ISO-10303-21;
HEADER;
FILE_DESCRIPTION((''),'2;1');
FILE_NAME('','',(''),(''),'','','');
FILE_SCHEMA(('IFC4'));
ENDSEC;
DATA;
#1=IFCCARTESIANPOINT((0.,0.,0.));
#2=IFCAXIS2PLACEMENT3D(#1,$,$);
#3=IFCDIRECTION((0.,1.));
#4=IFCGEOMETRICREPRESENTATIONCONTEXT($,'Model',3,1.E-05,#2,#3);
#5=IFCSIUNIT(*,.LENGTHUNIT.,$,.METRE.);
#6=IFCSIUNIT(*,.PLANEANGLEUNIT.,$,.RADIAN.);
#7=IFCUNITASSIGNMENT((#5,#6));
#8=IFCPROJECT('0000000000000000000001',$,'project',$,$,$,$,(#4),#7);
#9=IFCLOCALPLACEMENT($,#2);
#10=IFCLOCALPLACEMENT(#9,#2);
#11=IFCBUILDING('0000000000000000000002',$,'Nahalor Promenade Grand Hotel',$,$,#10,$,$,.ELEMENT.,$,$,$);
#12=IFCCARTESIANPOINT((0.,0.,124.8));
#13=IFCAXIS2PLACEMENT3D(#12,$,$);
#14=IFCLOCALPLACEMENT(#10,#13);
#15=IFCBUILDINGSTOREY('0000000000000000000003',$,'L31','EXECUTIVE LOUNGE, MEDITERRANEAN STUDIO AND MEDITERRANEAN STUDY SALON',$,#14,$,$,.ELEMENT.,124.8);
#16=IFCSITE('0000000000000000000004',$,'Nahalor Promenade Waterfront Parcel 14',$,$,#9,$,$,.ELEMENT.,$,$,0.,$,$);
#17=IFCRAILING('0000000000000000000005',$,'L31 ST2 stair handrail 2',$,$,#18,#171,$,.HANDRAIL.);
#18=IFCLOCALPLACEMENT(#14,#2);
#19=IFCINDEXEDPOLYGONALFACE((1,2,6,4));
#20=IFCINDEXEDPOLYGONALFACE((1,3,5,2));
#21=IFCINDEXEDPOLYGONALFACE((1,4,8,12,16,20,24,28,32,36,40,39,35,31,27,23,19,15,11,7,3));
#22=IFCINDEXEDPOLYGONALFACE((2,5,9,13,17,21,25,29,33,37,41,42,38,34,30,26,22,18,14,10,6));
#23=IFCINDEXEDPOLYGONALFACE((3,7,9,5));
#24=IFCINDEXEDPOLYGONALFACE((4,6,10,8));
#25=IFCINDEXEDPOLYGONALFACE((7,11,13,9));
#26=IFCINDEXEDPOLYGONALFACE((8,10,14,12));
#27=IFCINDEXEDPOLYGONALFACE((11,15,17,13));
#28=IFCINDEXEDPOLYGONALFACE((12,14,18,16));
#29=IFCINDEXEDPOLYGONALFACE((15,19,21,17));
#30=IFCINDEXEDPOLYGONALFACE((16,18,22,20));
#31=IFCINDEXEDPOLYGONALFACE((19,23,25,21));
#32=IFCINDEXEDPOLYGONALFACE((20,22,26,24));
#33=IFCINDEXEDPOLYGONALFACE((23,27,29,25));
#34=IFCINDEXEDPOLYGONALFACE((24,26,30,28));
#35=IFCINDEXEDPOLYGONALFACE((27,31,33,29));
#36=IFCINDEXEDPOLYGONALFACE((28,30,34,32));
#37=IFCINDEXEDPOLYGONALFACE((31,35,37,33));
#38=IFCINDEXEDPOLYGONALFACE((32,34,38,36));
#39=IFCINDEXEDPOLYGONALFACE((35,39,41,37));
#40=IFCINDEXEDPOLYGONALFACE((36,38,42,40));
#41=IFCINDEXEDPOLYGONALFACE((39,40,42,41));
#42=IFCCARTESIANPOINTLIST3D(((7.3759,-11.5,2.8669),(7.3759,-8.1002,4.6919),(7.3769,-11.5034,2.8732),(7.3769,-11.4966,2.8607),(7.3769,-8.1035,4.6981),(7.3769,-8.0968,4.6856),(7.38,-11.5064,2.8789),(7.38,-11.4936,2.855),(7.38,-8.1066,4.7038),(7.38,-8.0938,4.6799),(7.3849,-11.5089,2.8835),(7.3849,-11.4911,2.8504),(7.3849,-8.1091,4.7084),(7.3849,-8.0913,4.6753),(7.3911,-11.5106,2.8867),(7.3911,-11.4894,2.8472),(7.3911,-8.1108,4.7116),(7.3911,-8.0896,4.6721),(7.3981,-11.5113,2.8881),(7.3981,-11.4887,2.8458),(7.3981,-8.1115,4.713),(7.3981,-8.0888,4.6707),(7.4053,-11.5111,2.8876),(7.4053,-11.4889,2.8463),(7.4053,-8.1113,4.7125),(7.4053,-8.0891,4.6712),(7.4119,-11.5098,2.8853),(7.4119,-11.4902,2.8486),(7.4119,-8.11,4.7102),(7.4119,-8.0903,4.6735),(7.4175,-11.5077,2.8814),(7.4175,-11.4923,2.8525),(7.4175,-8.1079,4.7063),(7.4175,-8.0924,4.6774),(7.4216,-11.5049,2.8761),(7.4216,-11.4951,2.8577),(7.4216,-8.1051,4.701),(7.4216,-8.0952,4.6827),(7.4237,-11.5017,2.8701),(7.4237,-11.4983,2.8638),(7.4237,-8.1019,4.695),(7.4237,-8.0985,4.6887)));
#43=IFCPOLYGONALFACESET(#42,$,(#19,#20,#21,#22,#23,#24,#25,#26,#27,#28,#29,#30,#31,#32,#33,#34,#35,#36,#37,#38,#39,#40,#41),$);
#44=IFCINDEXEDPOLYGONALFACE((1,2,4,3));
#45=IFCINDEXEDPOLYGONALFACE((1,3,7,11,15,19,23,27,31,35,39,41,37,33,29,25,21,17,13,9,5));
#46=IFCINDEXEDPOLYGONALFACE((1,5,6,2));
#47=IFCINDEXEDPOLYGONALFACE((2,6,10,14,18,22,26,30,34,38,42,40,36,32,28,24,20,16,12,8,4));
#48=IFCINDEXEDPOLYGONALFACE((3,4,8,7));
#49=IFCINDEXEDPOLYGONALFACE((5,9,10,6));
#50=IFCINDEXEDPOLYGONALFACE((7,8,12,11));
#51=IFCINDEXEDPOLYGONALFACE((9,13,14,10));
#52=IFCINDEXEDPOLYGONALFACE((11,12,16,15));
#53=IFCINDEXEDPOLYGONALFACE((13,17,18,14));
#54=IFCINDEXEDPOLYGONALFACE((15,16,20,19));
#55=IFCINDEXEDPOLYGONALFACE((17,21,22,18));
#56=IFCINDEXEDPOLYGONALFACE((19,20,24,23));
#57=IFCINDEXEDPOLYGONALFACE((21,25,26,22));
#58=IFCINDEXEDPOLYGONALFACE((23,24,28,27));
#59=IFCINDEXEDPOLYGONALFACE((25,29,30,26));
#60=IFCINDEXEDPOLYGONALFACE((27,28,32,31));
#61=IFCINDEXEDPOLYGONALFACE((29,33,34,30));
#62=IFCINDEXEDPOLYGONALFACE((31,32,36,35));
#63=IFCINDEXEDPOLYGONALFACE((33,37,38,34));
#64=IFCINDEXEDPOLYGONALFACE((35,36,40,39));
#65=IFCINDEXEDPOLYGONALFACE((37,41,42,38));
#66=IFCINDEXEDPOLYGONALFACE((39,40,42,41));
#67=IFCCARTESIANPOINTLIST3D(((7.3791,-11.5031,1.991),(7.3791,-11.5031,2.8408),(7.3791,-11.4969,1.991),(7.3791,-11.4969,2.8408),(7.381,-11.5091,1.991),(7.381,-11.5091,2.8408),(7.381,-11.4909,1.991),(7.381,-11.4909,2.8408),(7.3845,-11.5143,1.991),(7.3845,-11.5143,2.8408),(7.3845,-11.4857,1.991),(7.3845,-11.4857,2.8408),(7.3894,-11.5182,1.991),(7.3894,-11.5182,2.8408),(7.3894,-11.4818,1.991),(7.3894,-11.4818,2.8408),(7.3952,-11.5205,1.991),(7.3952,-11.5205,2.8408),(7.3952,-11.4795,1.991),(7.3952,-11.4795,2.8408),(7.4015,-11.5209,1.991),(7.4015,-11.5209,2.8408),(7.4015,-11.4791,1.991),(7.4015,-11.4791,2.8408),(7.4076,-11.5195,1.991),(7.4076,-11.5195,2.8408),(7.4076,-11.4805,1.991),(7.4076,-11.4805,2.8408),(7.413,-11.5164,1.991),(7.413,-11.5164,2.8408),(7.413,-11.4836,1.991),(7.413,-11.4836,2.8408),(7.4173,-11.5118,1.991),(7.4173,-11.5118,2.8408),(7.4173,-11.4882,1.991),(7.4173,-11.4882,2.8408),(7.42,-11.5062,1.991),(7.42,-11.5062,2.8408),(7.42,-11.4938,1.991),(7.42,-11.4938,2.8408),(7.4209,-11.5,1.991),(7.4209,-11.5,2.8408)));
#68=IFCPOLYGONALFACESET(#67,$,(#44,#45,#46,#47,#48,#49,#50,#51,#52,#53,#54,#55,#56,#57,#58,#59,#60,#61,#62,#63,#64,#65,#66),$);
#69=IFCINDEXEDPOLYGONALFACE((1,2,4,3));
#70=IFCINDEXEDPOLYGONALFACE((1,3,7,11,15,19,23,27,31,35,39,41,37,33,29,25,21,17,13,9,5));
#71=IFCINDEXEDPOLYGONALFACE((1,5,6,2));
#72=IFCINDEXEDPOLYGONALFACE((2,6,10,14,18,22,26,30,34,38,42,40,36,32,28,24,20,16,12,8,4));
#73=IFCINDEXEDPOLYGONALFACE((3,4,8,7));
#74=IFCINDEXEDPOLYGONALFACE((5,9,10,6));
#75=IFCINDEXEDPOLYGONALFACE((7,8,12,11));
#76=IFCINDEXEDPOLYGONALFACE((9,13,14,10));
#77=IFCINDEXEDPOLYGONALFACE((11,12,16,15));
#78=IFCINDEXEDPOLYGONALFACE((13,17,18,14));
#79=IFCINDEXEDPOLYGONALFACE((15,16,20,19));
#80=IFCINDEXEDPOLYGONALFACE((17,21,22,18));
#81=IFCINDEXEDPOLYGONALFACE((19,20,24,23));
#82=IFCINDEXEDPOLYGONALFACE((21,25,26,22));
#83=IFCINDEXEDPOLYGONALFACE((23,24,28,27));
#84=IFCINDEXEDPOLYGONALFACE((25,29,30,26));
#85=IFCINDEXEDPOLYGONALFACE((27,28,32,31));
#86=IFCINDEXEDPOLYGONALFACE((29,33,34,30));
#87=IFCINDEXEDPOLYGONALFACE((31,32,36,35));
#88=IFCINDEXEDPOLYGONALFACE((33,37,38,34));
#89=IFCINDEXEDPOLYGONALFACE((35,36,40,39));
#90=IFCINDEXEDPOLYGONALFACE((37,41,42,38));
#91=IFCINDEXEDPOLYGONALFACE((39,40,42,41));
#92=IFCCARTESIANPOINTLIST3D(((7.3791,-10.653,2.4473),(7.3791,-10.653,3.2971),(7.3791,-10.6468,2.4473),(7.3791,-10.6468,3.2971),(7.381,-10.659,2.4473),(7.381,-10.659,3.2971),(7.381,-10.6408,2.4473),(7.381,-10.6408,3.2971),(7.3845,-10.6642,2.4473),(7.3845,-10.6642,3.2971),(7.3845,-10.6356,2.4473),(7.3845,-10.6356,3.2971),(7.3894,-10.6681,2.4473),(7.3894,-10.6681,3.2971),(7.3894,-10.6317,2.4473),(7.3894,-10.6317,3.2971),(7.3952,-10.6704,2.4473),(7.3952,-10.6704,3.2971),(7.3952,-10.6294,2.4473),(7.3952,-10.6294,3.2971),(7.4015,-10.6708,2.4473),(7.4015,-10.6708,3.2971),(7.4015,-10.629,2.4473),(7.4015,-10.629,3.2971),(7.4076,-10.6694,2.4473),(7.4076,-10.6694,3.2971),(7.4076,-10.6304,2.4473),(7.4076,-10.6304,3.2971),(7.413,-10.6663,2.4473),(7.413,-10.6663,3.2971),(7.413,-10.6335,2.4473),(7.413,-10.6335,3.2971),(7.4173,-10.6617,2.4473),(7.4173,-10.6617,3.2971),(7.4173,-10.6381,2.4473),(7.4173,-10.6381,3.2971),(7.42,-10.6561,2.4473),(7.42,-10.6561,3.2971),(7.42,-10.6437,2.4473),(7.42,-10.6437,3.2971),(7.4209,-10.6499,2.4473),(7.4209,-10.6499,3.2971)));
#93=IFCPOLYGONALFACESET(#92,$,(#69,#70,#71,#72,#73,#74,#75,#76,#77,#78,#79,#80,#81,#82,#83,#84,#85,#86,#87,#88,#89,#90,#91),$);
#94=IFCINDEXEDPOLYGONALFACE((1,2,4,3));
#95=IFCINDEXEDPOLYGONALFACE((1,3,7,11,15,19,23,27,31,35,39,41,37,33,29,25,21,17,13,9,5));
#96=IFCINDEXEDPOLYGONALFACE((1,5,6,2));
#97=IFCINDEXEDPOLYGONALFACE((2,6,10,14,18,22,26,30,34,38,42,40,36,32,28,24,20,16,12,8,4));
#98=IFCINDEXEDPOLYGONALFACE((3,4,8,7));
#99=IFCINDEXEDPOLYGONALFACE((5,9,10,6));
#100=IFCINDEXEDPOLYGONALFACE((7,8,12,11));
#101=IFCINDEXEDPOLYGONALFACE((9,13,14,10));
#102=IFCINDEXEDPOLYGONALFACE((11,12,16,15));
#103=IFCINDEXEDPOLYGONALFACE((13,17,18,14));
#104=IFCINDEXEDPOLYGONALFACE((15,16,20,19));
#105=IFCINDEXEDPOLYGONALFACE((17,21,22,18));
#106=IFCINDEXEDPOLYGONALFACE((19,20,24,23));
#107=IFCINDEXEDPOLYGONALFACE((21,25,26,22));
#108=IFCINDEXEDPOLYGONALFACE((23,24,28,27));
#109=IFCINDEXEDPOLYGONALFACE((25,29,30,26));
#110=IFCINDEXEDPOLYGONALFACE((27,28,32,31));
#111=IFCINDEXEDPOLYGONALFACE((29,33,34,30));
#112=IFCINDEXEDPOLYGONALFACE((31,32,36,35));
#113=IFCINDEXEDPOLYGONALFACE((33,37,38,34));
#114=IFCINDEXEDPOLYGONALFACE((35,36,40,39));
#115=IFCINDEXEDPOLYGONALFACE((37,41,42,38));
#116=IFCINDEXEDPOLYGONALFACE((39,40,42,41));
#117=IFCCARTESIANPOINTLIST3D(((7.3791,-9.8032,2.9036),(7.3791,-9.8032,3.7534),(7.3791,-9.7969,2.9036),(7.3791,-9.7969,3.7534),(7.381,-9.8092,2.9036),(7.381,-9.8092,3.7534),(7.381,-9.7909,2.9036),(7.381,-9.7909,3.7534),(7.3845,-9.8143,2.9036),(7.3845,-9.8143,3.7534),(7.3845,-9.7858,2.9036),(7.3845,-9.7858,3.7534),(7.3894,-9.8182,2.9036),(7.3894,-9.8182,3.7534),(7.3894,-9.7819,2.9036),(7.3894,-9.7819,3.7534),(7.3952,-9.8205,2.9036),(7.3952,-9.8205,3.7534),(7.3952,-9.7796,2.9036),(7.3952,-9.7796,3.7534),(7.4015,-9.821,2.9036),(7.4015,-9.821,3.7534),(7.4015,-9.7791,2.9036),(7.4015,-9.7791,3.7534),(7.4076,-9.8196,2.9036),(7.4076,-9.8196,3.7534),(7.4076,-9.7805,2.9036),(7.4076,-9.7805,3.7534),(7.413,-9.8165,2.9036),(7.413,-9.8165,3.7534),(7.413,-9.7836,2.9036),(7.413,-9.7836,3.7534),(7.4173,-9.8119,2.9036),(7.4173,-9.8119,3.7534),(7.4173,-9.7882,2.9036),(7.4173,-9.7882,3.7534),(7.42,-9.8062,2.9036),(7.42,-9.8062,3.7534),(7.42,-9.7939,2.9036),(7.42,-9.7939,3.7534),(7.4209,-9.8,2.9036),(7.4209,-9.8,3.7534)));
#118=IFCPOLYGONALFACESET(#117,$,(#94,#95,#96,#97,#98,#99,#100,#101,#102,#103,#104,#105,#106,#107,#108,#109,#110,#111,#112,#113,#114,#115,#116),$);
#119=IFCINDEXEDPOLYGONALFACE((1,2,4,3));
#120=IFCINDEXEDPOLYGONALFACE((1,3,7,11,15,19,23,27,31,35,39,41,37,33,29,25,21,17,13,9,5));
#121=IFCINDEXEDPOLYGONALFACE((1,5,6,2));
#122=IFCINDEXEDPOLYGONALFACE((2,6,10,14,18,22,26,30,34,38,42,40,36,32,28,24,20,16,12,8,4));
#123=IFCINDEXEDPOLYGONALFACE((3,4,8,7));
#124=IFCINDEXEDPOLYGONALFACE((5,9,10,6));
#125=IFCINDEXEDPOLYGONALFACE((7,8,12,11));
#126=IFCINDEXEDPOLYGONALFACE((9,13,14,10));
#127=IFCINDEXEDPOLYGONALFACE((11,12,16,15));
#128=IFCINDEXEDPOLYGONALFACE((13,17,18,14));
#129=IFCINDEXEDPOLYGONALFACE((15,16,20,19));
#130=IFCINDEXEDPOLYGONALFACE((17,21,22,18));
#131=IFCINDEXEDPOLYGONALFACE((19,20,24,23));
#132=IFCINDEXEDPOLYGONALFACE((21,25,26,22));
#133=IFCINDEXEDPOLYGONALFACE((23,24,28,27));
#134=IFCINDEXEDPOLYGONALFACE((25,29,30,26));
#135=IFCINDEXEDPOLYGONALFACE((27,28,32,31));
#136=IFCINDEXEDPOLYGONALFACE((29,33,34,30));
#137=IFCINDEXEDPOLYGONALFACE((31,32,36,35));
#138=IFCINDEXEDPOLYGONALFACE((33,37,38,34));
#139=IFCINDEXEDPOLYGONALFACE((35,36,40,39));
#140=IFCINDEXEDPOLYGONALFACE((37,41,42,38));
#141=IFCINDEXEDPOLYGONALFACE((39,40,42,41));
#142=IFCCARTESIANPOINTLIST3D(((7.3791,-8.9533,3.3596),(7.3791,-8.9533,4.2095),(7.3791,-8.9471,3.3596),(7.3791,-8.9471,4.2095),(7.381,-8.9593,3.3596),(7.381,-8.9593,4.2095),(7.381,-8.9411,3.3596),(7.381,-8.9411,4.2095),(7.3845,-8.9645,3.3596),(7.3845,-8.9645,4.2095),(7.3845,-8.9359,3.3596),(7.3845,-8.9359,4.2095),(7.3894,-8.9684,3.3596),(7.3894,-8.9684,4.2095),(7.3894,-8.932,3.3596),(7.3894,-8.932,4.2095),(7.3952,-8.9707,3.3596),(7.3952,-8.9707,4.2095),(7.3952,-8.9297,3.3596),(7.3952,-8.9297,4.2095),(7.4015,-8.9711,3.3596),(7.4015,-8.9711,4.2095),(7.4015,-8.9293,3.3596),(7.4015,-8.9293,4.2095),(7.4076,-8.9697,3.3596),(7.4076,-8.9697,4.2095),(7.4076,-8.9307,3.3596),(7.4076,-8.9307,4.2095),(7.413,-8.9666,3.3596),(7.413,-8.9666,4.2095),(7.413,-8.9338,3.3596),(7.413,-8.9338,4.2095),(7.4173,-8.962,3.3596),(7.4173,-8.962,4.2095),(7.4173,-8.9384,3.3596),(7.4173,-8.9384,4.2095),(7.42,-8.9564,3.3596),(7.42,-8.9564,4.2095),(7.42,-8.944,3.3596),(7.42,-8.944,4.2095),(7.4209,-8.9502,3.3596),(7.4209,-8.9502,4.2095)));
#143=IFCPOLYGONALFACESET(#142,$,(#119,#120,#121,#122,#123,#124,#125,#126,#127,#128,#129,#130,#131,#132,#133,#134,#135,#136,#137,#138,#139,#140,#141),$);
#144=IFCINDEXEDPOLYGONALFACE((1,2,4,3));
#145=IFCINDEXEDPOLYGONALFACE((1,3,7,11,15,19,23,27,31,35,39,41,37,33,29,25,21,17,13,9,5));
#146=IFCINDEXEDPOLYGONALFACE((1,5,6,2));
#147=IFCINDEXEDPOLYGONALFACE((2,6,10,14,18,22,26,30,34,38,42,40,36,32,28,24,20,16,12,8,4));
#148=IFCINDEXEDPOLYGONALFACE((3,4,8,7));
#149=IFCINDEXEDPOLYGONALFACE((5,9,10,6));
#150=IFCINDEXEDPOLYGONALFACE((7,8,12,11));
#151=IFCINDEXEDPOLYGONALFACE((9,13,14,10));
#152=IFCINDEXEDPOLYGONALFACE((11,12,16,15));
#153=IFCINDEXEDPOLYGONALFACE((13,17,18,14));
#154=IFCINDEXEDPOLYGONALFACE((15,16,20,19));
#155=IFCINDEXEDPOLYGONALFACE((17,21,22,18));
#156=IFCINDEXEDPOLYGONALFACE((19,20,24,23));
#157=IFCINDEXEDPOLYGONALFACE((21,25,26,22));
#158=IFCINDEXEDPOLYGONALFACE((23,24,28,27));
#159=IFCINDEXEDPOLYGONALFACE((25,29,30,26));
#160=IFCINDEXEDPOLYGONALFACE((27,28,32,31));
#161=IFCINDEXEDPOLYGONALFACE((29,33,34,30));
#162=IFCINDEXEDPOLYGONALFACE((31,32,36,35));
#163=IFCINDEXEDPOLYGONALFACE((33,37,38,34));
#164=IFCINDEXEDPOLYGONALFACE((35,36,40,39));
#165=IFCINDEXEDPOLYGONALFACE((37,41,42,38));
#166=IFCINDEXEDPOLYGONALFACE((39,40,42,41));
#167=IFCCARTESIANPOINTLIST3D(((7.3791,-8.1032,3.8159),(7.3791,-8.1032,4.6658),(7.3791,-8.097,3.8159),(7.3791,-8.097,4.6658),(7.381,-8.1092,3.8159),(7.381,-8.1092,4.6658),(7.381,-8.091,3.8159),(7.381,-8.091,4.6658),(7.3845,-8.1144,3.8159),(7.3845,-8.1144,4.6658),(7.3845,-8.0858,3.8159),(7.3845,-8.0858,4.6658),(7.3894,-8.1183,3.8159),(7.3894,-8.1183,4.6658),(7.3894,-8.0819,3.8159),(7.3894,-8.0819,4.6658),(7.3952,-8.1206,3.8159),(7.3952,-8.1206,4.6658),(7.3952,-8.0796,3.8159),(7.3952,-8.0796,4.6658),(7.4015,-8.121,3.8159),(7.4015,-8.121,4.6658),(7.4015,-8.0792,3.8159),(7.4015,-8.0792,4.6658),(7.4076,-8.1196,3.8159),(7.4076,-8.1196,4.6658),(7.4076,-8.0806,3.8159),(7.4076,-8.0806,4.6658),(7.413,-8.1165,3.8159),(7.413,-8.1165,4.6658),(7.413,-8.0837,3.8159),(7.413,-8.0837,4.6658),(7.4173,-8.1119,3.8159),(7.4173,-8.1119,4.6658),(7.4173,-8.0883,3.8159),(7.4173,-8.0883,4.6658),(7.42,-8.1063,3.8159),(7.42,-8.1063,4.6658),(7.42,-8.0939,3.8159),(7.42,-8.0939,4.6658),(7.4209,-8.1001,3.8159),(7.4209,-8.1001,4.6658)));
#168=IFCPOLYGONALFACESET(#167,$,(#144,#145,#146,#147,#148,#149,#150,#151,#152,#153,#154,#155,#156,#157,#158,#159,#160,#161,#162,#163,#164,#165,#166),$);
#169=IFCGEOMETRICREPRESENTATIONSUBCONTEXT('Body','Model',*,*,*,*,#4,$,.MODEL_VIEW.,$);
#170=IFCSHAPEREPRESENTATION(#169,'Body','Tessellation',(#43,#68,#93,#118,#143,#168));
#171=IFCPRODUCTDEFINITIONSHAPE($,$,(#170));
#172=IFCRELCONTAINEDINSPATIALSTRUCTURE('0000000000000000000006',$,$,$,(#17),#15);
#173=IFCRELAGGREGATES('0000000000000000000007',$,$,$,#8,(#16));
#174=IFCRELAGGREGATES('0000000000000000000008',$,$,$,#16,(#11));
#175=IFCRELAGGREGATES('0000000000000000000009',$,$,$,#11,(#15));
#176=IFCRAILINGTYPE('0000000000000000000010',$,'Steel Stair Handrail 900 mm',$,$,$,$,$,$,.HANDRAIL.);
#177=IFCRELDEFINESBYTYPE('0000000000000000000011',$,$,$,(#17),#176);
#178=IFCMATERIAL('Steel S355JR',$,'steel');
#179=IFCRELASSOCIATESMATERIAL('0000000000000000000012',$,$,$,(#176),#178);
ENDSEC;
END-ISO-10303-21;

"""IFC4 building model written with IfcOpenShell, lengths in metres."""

from ifc_helpers import new_model, si_unit, direction, frame, origin, origin_2d, place, context, subcontext, project, spatial, circle, extrude, material, type_object, element, save


model = new_model("IFC4")

# Units and contexts
model_context = context("Model", 3, precision=1e-05, world=origin(), true_north=direction((0.0, 1.0)))
body_context = subcontext(model_context, "Body", "Model", "MODEL_VIEW")
ifc_project = project(units=[si_unit("LENGTHUNIT", "METRE"), si_unit("PLANEANGLEUNIT", "RADIAN")], contexts=[model_context])

# Site, building, storey
site_placement = place(None, origin())
site = spatial("IfcSite", under=ifc_project, at=site_placement, Name="Nahalor Promenade Waterfront Parcel 14", CompositionType="ELEMENT", RefElevation=0.0)
building_placement = place(site_placement, origin())
building = spatial("IfcBuilding", under=site, at=building_placement, Name="Nahalor Promenade Grand Hotel", CompositionType="ELEMENT")
storey_placement = place(building_placement, frame((0.0, 0.0, 124.8)))
storey = spatial("IfcBuildingStorey", under=building, at=storey_placement, Name="L31", Description="EXECUTIVE LOUNGE, MEDITERRANEAN STUDIO AND MEDITERRANEAN STUDY SALON", CompositionType="ELEMENT", Elevation=124.8)

# Shared definitions
ifc_material_1 = material(Name="Steel S355JR", Category="steel")

# Railing
railing_type_1 = type_object("IfcRailingType", Name="Steel Stair Handrail 900 mm", PredefinedType="HANDRAIL", material=ifc_material_1)
railing_1_placement = place(storey_placement, frame((7.3999, -11.5, 1.991)))
element("IfcRailing", 1, at=railing_1_placement, inside=storey, type_object=railing_type_1, Name="L31 ST2 stair handrail 2", PredefinedType="HANDRAIL", context=body_context, shape_type="SweptSolid", body=[
    extrude(circle(Radius=0.024, at=origin_2d()), frame((0.0, 0.0, 0.876), z_axis=(0.0, 0.881094, 0.472941), x_axis=(-1.0, 0.0, 0.0)), (0.0, 0.0, 1.0), 3.8586),
    extrude(circle(Radius=0.021, at=origin_2d()), origin(), (0.0, 0.0, 1.0), 0.8499),
    extrude(circle(Radius=0.021, at=origin_2d()), frame((0.0, 0.8501, 0.4563)), (0.0, 0.0, 1.0), 0.8499),
    extrude(circle(Radius=0.021, at=origin_2d()), frame((0.0, 1.7, 0.9126)), (0.0, 0.0, 1.0), 0.8499),
    extrude(circle(Radius=0.021, at=origin_2d()), frame((0.0, 2.5498, 1.3687)), (0.0, 0.0, 1.0), 0.8499),
    extrude(circle(Radius=0.021, at=origin_2d()), frame((0.0, 3.3999, 1.825)), (0.0, 0.0, 1.0), 0.8499),
])

save(model, "model.ifc")
